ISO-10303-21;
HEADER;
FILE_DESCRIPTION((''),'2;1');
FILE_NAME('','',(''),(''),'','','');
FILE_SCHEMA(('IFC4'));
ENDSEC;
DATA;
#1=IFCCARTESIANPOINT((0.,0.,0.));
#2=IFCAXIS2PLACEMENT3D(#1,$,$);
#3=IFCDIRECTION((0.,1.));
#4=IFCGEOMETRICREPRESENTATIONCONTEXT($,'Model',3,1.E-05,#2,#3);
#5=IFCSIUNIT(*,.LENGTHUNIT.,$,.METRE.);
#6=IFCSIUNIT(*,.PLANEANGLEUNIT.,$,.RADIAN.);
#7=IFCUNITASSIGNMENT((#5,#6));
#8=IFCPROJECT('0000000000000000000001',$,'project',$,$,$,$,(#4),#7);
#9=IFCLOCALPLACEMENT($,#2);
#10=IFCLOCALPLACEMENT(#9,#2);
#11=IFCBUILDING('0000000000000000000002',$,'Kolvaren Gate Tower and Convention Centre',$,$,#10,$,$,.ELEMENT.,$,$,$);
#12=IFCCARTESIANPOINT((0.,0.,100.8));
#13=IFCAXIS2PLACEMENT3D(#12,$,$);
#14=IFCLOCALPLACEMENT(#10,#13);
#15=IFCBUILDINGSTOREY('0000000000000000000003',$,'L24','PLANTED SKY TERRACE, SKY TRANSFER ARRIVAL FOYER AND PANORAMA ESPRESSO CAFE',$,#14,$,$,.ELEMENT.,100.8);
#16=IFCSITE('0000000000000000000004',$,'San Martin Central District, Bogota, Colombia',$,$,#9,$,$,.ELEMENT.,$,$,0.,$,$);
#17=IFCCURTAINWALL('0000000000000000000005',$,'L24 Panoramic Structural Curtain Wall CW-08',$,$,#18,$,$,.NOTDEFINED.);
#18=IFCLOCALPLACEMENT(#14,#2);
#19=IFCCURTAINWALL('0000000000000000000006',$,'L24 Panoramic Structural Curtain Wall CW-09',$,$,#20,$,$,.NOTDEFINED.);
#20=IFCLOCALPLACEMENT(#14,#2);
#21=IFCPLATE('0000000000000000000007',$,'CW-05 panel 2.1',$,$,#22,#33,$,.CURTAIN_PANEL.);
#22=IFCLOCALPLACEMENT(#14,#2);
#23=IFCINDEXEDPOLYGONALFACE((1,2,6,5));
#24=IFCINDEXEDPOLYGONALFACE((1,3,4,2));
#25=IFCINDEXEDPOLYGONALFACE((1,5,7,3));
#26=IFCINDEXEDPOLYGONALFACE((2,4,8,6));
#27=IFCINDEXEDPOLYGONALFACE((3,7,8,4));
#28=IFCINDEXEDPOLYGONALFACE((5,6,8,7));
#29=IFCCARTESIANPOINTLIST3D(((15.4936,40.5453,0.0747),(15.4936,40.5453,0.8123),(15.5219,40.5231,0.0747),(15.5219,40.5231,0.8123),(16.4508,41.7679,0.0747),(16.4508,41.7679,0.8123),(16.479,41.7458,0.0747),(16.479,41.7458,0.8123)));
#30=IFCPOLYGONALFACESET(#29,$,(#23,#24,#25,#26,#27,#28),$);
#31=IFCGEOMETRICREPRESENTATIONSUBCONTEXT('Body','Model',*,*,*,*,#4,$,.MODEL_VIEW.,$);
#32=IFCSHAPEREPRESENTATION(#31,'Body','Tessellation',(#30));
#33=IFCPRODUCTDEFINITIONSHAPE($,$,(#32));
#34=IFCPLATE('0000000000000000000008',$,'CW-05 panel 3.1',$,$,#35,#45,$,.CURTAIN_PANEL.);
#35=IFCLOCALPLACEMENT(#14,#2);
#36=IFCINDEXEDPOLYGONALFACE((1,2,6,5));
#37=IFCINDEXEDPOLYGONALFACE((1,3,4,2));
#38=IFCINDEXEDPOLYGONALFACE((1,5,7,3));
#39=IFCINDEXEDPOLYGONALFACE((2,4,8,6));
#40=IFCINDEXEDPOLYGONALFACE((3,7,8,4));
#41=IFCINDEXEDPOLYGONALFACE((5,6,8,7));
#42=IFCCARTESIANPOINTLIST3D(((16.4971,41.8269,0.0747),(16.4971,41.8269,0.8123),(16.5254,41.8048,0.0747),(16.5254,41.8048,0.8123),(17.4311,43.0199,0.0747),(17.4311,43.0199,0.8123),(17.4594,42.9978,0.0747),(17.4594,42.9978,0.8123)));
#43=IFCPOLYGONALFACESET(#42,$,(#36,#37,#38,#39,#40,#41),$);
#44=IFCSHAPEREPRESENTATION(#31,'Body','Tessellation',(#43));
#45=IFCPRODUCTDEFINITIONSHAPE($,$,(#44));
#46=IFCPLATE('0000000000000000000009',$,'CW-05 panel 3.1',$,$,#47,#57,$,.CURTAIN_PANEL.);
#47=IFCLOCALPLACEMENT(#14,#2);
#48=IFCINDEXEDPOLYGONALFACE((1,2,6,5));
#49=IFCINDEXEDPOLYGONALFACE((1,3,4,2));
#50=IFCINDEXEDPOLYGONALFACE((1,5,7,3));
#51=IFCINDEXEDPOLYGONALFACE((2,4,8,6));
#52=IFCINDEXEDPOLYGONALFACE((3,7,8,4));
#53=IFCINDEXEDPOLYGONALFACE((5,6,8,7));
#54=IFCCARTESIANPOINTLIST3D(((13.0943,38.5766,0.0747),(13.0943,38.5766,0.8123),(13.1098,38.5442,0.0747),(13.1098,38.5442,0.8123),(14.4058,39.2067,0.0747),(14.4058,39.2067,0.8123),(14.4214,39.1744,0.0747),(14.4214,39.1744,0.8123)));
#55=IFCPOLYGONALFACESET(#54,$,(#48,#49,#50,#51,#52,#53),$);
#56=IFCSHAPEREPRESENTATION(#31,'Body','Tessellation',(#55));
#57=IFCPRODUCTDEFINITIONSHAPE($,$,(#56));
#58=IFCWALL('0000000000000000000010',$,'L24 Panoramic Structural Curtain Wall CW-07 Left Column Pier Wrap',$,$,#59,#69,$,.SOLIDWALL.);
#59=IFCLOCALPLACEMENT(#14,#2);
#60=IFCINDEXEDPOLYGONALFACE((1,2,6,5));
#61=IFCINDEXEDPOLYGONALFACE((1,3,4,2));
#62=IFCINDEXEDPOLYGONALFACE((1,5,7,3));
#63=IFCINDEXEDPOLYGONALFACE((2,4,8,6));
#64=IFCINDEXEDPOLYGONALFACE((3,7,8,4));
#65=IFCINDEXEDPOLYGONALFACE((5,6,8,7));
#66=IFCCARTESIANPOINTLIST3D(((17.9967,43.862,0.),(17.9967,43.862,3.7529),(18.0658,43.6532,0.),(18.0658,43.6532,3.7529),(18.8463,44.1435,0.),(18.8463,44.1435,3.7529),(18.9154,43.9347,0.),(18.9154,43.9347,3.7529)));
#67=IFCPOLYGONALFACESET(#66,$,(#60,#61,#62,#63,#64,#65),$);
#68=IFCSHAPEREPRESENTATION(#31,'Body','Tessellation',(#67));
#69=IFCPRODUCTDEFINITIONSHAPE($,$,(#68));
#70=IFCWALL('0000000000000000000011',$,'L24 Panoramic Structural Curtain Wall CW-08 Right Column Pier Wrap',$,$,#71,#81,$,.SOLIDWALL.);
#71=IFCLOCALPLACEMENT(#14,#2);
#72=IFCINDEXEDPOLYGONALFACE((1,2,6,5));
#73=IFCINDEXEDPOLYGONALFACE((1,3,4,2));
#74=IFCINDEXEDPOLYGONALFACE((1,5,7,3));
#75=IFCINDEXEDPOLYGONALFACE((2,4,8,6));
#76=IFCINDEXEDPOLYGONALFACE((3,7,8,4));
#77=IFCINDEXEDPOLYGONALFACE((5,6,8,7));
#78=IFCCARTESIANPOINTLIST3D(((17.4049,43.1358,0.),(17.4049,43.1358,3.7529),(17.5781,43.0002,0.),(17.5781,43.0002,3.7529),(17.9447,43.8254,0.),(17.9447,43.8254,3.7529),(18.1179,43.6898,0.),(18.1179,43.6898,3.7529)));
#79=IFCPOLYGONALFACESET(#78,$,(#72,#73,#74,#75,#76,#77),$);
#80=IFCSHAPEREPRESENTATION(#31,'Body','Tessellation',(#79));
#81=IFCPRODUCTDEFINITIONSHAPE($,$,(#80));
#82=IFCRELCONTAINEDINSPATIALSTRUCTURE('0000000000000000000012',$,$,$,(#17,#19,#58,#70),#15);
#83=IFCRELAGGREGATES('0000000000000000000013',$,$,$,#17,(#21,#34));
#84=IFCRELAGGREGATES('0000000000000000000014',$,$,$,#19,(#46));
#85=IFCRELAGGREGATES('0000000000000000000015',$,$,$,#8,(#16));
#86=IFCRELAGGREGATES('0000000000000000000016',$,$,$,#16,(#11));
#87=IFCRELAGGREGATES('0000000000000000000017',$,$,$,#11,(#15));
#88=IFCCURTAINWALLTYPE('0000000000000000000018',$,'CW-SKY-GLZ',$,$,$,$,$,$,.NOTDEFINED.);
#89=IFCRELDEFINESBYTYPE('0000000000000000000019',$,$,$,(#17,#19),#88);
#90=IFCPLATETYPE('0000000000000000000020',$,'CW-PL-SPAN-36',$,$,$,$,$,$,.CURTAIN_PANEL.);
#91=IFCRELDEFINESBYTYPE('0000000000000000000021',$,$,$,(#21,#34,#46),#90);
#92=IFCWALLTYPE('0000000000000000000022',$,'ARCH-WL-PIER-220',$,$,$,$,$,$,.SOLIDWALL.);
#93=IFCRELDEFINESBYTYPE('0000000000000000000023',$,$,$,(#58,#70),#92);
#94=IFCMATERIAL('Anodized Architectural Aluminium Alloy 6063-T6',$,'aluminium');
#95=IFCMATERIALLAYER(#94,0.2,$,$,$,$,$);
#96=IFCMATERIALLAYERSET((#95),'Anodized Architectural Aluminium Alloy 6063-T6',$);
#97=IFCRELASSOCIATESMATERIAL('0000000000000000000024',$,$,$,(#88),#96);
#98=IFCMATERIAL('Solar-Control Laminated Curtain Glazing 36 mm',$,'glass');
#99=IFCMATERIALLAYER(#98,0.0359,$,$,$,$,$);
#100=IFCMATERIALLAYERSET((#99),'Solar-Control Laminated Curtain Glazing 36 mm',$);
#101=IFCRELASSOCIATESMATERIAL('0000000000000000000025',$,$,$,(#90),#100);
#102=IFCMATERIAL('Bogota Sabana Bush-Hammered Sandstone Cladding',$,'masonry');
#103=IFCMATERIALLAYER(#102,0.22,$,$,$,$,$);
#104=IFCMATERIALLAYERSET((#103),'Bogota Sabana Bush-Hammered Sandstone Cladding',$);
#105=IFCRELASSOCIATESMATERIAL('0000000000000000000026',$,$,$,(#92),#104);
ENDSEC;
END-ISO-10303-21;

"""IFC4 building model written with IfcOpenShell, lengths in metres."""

from ifc_helpers import new_model, si_unit, direction, frame, frame_2d, origin, origin_2d, place, context, subcontext, project, spatial, rectangle, extrude, material, layer, layer_set, type_object, element, aggregate, save


model = new_model("IFC4")

# Units and contexts
model_context = context("Model", 3, precision=1e-05, world=origin(), true_north=direction((0.0, 1.0)))
body_context = subcontext(model_context, "Body", "Model", "MODEL_VIEW")
ifc_project = project(units=[si_unit("LENGTHUNIT", "METRE"), si_unit("PLANEANGLEUNIT", "RADIAN")], contexts=[model_context])

# Site, building, storey
site_placement = place(None, origin())
site = spatial("IfcSite", under=ifc_project, at=site_placement, Name="San Martin Central District, Bogota, Colombia", CompositionType="ELEMENT", RefElevation=0.0)
building_placement = place(site_placement, origin())
building = spatial("IfcBuilding", under=site, at=building_placement, Name="Kolvaren Gate Tower and Convention Centre", CompositionType="ELEMENT")
storey_placement = place(building_placement, frame((0.0, 0.0, 100.8)))
storey = spatial("IfcBuildingStorey", under=building, at=storey_placement, Name="L24", Description="PLANTED SKY TERRACE, SKY TRANSFER ARRIVAL FOYER AND PANORAMA ESPRESSO CAFE", CompositionType="ELEMENT", Elevation=100.8)

# Shared definitions
ifc_material_1 = material(Name="Anodized Architectural Aluminium Alloy 6063-T6", Category="aluminium")
ifc_layer_1 = layer(ifc_material_1, 0.2)
ifc_layer_set_1 = layer_set([ifc_layer_1], Name="Anodized Architectural Aluminium Alloy 6063-T6")
curtain_wall_type = type_object("IfcCurtainWallType", Name="CW-SKY-GLZ", PredefinedType="NOTDEFINED", material=ifc_layer_set_1)

# Curtain wall
curtain_wall_1_placement = place(storey_placement, origin())
curtain_wall_1 = element("IfcCurtainWall", 1, at=curtain_wall_1_placement, inside=storey, type_object=curtain_wall_type, Name="L24 Panoramic Structural Curtain Wall CW-08", PredefinedType="NOTDEFINED")

# Curtain wall
curtain_wall_2_placement = place(storey_placement, origin())
curtain_wall_2 = element("IfcCurtainWall", 2, at=curtain_wall_2_placement, inside=storey, type_object=curtain_wall_type, Name="L24 Panoramic Structural Curtain Wall CW-09", PredefinedType="NOTDEFINED")

# Plates
ifc_material_2 = material(Name="Solar-Control Laminated Curtain Glazing 36 mm", Category="glass")
ifc_layer_2 = layer(ifc_material_2, 0.0359)
ifc_layer_set_2 = layer_set([ifc_layer_2], Name="Solar-Control Laminated Curtain Glazing 36 mm")
plate_type_1 = type_object("IfcPlateType", Name="CW-PL-SPAN-36", PredefinedType="CURTAIN_PANEL", material=ifc_layer_set_2)
plate_1_placement = place(storey_placement, frame((15.9863, 41.1455, 0.0747), z_axis=(0.0, 0.0, 1.0), x_axis=(0.616441, 0.787401, 0.0)))
plate_1 = element("IfcPlate", 3, at=plate_1_placement, type_object=plate_type_1, Name="CW-05 panel 2.1", PredefinedType="CURTAIN_PANEL", context=body_context, shape_type="SweptSolid", body=[
    extrude(rectangle(XDim=1.5527, YDim=0.0359, at=origin_2d()), origin(), (0.0, 0.0, 1.0), 0.7375),
])
plate_2_placement = place(storey_placement, frame((16.9783, 42.4124, 0.0747), z_axis=(0.0, 0.0, 1.0), x_axis=(0.616441, 0.787401, 0.0)))
plate_2 = element("IfcPlate", 4, at=plate_2_placement, type_object=plate_type_1, Name="CW-05 panel 3.1", PredefinedType="CURTAIN_PANEL", context=body_context, shape_type="SweptSolid", body=[
    extrude(rectangle(XDim=1.5151, YDim=0.0359, at=origin_2d()), origin(), (0.0, 0.0, 1.0), 0.7375),
])
aggregate(curtain_wall_1, [plate_1, plate_2])
plate_3_placement = place(storey_placement, frame((13.7578, 38.8755, 0.0747), z_axis=(0.0, 0.0, 1.0), x_axis=(0.901359, 0.433073, 0.0)))
plate_3 = element("IfcPlate", 5, at=plate_3_placement, type_object=plate_type_1, Name="CW-05 panel 3.1", PredefinedType="CURTAIN_PANEL", context=body_context, shape_type="SweptSolid", body=[
    extrude(rectangle(XDim=1.4551, YDim=0.0359, at=origin_2d()), origin(), (0.0, 0.0, 1.0), 0.7375),
])
aggregate(curtain_wall_2, [plate_3])

# Walls
ifc_material_3 = material(Name="Bogota Sabana Bush-Hammered Sandstone Cladding", Category="masonry")
ifc_layer_3 = layer(ifc_material_3, 0.22)
ifc_layer_set_3 = layer_set([ifc_layer_3], Name="Bogota Sabana Bush-Hammered Sandstone Cladding")
wall_type = type_object("IfcWallType", Name="ARCH-WL-PIER-220", PredefinedType="SOLIDWALL", material=ifc_layer_set_3)
wall_1_placement = place(storey_placement, frame((18.0312, 43.7576, 0.0), z_axis=(0.0, 0.0, 1.0), x_axis=(0.949255, 0.314509, 0.0)))
element("IfcWall", 6, at=wall_1_placement, inside=storey, type_object=wall_type, Name="L24 Panoramic Structural Curtain Wall CW-07 Left Column Pier Wrap", PredefinedType="SOLIDWALL", context=body_context, shape_type="SweptSolid", body=[
    extrude(rectangle(XDim=0.895, YDim=0.22, at=frame_2d((0.4475, 0.0))), origin(), (0.0, 0.0, 1.0), 3.7529),
])
wall_2_placement = place(storey_placement, frame((17.4915, 43.0679, 0.0), z_axis=(0.0, 0.0, 1.0), x_axis=(0.616331, 0.787487, 0.0)))
element("IfcWall", 7, at=wall_2_placement, inside=storey, type_object=wall_type, Name="L24 Panoramic Structural Curtain Wall CW-08 Right Column Pier Wrap", PredefinedType="SOLIDWALL", context=body_context, shape_type="SweptSolid", body=[
    extrude(rectangle(XDim=0.8757, YDim=0.22, at=frame_2d((0.438, 0.0))), origin(), (0.0, 0.0, 1.0), 3.7529),
])

save(model, "model.ifc")
